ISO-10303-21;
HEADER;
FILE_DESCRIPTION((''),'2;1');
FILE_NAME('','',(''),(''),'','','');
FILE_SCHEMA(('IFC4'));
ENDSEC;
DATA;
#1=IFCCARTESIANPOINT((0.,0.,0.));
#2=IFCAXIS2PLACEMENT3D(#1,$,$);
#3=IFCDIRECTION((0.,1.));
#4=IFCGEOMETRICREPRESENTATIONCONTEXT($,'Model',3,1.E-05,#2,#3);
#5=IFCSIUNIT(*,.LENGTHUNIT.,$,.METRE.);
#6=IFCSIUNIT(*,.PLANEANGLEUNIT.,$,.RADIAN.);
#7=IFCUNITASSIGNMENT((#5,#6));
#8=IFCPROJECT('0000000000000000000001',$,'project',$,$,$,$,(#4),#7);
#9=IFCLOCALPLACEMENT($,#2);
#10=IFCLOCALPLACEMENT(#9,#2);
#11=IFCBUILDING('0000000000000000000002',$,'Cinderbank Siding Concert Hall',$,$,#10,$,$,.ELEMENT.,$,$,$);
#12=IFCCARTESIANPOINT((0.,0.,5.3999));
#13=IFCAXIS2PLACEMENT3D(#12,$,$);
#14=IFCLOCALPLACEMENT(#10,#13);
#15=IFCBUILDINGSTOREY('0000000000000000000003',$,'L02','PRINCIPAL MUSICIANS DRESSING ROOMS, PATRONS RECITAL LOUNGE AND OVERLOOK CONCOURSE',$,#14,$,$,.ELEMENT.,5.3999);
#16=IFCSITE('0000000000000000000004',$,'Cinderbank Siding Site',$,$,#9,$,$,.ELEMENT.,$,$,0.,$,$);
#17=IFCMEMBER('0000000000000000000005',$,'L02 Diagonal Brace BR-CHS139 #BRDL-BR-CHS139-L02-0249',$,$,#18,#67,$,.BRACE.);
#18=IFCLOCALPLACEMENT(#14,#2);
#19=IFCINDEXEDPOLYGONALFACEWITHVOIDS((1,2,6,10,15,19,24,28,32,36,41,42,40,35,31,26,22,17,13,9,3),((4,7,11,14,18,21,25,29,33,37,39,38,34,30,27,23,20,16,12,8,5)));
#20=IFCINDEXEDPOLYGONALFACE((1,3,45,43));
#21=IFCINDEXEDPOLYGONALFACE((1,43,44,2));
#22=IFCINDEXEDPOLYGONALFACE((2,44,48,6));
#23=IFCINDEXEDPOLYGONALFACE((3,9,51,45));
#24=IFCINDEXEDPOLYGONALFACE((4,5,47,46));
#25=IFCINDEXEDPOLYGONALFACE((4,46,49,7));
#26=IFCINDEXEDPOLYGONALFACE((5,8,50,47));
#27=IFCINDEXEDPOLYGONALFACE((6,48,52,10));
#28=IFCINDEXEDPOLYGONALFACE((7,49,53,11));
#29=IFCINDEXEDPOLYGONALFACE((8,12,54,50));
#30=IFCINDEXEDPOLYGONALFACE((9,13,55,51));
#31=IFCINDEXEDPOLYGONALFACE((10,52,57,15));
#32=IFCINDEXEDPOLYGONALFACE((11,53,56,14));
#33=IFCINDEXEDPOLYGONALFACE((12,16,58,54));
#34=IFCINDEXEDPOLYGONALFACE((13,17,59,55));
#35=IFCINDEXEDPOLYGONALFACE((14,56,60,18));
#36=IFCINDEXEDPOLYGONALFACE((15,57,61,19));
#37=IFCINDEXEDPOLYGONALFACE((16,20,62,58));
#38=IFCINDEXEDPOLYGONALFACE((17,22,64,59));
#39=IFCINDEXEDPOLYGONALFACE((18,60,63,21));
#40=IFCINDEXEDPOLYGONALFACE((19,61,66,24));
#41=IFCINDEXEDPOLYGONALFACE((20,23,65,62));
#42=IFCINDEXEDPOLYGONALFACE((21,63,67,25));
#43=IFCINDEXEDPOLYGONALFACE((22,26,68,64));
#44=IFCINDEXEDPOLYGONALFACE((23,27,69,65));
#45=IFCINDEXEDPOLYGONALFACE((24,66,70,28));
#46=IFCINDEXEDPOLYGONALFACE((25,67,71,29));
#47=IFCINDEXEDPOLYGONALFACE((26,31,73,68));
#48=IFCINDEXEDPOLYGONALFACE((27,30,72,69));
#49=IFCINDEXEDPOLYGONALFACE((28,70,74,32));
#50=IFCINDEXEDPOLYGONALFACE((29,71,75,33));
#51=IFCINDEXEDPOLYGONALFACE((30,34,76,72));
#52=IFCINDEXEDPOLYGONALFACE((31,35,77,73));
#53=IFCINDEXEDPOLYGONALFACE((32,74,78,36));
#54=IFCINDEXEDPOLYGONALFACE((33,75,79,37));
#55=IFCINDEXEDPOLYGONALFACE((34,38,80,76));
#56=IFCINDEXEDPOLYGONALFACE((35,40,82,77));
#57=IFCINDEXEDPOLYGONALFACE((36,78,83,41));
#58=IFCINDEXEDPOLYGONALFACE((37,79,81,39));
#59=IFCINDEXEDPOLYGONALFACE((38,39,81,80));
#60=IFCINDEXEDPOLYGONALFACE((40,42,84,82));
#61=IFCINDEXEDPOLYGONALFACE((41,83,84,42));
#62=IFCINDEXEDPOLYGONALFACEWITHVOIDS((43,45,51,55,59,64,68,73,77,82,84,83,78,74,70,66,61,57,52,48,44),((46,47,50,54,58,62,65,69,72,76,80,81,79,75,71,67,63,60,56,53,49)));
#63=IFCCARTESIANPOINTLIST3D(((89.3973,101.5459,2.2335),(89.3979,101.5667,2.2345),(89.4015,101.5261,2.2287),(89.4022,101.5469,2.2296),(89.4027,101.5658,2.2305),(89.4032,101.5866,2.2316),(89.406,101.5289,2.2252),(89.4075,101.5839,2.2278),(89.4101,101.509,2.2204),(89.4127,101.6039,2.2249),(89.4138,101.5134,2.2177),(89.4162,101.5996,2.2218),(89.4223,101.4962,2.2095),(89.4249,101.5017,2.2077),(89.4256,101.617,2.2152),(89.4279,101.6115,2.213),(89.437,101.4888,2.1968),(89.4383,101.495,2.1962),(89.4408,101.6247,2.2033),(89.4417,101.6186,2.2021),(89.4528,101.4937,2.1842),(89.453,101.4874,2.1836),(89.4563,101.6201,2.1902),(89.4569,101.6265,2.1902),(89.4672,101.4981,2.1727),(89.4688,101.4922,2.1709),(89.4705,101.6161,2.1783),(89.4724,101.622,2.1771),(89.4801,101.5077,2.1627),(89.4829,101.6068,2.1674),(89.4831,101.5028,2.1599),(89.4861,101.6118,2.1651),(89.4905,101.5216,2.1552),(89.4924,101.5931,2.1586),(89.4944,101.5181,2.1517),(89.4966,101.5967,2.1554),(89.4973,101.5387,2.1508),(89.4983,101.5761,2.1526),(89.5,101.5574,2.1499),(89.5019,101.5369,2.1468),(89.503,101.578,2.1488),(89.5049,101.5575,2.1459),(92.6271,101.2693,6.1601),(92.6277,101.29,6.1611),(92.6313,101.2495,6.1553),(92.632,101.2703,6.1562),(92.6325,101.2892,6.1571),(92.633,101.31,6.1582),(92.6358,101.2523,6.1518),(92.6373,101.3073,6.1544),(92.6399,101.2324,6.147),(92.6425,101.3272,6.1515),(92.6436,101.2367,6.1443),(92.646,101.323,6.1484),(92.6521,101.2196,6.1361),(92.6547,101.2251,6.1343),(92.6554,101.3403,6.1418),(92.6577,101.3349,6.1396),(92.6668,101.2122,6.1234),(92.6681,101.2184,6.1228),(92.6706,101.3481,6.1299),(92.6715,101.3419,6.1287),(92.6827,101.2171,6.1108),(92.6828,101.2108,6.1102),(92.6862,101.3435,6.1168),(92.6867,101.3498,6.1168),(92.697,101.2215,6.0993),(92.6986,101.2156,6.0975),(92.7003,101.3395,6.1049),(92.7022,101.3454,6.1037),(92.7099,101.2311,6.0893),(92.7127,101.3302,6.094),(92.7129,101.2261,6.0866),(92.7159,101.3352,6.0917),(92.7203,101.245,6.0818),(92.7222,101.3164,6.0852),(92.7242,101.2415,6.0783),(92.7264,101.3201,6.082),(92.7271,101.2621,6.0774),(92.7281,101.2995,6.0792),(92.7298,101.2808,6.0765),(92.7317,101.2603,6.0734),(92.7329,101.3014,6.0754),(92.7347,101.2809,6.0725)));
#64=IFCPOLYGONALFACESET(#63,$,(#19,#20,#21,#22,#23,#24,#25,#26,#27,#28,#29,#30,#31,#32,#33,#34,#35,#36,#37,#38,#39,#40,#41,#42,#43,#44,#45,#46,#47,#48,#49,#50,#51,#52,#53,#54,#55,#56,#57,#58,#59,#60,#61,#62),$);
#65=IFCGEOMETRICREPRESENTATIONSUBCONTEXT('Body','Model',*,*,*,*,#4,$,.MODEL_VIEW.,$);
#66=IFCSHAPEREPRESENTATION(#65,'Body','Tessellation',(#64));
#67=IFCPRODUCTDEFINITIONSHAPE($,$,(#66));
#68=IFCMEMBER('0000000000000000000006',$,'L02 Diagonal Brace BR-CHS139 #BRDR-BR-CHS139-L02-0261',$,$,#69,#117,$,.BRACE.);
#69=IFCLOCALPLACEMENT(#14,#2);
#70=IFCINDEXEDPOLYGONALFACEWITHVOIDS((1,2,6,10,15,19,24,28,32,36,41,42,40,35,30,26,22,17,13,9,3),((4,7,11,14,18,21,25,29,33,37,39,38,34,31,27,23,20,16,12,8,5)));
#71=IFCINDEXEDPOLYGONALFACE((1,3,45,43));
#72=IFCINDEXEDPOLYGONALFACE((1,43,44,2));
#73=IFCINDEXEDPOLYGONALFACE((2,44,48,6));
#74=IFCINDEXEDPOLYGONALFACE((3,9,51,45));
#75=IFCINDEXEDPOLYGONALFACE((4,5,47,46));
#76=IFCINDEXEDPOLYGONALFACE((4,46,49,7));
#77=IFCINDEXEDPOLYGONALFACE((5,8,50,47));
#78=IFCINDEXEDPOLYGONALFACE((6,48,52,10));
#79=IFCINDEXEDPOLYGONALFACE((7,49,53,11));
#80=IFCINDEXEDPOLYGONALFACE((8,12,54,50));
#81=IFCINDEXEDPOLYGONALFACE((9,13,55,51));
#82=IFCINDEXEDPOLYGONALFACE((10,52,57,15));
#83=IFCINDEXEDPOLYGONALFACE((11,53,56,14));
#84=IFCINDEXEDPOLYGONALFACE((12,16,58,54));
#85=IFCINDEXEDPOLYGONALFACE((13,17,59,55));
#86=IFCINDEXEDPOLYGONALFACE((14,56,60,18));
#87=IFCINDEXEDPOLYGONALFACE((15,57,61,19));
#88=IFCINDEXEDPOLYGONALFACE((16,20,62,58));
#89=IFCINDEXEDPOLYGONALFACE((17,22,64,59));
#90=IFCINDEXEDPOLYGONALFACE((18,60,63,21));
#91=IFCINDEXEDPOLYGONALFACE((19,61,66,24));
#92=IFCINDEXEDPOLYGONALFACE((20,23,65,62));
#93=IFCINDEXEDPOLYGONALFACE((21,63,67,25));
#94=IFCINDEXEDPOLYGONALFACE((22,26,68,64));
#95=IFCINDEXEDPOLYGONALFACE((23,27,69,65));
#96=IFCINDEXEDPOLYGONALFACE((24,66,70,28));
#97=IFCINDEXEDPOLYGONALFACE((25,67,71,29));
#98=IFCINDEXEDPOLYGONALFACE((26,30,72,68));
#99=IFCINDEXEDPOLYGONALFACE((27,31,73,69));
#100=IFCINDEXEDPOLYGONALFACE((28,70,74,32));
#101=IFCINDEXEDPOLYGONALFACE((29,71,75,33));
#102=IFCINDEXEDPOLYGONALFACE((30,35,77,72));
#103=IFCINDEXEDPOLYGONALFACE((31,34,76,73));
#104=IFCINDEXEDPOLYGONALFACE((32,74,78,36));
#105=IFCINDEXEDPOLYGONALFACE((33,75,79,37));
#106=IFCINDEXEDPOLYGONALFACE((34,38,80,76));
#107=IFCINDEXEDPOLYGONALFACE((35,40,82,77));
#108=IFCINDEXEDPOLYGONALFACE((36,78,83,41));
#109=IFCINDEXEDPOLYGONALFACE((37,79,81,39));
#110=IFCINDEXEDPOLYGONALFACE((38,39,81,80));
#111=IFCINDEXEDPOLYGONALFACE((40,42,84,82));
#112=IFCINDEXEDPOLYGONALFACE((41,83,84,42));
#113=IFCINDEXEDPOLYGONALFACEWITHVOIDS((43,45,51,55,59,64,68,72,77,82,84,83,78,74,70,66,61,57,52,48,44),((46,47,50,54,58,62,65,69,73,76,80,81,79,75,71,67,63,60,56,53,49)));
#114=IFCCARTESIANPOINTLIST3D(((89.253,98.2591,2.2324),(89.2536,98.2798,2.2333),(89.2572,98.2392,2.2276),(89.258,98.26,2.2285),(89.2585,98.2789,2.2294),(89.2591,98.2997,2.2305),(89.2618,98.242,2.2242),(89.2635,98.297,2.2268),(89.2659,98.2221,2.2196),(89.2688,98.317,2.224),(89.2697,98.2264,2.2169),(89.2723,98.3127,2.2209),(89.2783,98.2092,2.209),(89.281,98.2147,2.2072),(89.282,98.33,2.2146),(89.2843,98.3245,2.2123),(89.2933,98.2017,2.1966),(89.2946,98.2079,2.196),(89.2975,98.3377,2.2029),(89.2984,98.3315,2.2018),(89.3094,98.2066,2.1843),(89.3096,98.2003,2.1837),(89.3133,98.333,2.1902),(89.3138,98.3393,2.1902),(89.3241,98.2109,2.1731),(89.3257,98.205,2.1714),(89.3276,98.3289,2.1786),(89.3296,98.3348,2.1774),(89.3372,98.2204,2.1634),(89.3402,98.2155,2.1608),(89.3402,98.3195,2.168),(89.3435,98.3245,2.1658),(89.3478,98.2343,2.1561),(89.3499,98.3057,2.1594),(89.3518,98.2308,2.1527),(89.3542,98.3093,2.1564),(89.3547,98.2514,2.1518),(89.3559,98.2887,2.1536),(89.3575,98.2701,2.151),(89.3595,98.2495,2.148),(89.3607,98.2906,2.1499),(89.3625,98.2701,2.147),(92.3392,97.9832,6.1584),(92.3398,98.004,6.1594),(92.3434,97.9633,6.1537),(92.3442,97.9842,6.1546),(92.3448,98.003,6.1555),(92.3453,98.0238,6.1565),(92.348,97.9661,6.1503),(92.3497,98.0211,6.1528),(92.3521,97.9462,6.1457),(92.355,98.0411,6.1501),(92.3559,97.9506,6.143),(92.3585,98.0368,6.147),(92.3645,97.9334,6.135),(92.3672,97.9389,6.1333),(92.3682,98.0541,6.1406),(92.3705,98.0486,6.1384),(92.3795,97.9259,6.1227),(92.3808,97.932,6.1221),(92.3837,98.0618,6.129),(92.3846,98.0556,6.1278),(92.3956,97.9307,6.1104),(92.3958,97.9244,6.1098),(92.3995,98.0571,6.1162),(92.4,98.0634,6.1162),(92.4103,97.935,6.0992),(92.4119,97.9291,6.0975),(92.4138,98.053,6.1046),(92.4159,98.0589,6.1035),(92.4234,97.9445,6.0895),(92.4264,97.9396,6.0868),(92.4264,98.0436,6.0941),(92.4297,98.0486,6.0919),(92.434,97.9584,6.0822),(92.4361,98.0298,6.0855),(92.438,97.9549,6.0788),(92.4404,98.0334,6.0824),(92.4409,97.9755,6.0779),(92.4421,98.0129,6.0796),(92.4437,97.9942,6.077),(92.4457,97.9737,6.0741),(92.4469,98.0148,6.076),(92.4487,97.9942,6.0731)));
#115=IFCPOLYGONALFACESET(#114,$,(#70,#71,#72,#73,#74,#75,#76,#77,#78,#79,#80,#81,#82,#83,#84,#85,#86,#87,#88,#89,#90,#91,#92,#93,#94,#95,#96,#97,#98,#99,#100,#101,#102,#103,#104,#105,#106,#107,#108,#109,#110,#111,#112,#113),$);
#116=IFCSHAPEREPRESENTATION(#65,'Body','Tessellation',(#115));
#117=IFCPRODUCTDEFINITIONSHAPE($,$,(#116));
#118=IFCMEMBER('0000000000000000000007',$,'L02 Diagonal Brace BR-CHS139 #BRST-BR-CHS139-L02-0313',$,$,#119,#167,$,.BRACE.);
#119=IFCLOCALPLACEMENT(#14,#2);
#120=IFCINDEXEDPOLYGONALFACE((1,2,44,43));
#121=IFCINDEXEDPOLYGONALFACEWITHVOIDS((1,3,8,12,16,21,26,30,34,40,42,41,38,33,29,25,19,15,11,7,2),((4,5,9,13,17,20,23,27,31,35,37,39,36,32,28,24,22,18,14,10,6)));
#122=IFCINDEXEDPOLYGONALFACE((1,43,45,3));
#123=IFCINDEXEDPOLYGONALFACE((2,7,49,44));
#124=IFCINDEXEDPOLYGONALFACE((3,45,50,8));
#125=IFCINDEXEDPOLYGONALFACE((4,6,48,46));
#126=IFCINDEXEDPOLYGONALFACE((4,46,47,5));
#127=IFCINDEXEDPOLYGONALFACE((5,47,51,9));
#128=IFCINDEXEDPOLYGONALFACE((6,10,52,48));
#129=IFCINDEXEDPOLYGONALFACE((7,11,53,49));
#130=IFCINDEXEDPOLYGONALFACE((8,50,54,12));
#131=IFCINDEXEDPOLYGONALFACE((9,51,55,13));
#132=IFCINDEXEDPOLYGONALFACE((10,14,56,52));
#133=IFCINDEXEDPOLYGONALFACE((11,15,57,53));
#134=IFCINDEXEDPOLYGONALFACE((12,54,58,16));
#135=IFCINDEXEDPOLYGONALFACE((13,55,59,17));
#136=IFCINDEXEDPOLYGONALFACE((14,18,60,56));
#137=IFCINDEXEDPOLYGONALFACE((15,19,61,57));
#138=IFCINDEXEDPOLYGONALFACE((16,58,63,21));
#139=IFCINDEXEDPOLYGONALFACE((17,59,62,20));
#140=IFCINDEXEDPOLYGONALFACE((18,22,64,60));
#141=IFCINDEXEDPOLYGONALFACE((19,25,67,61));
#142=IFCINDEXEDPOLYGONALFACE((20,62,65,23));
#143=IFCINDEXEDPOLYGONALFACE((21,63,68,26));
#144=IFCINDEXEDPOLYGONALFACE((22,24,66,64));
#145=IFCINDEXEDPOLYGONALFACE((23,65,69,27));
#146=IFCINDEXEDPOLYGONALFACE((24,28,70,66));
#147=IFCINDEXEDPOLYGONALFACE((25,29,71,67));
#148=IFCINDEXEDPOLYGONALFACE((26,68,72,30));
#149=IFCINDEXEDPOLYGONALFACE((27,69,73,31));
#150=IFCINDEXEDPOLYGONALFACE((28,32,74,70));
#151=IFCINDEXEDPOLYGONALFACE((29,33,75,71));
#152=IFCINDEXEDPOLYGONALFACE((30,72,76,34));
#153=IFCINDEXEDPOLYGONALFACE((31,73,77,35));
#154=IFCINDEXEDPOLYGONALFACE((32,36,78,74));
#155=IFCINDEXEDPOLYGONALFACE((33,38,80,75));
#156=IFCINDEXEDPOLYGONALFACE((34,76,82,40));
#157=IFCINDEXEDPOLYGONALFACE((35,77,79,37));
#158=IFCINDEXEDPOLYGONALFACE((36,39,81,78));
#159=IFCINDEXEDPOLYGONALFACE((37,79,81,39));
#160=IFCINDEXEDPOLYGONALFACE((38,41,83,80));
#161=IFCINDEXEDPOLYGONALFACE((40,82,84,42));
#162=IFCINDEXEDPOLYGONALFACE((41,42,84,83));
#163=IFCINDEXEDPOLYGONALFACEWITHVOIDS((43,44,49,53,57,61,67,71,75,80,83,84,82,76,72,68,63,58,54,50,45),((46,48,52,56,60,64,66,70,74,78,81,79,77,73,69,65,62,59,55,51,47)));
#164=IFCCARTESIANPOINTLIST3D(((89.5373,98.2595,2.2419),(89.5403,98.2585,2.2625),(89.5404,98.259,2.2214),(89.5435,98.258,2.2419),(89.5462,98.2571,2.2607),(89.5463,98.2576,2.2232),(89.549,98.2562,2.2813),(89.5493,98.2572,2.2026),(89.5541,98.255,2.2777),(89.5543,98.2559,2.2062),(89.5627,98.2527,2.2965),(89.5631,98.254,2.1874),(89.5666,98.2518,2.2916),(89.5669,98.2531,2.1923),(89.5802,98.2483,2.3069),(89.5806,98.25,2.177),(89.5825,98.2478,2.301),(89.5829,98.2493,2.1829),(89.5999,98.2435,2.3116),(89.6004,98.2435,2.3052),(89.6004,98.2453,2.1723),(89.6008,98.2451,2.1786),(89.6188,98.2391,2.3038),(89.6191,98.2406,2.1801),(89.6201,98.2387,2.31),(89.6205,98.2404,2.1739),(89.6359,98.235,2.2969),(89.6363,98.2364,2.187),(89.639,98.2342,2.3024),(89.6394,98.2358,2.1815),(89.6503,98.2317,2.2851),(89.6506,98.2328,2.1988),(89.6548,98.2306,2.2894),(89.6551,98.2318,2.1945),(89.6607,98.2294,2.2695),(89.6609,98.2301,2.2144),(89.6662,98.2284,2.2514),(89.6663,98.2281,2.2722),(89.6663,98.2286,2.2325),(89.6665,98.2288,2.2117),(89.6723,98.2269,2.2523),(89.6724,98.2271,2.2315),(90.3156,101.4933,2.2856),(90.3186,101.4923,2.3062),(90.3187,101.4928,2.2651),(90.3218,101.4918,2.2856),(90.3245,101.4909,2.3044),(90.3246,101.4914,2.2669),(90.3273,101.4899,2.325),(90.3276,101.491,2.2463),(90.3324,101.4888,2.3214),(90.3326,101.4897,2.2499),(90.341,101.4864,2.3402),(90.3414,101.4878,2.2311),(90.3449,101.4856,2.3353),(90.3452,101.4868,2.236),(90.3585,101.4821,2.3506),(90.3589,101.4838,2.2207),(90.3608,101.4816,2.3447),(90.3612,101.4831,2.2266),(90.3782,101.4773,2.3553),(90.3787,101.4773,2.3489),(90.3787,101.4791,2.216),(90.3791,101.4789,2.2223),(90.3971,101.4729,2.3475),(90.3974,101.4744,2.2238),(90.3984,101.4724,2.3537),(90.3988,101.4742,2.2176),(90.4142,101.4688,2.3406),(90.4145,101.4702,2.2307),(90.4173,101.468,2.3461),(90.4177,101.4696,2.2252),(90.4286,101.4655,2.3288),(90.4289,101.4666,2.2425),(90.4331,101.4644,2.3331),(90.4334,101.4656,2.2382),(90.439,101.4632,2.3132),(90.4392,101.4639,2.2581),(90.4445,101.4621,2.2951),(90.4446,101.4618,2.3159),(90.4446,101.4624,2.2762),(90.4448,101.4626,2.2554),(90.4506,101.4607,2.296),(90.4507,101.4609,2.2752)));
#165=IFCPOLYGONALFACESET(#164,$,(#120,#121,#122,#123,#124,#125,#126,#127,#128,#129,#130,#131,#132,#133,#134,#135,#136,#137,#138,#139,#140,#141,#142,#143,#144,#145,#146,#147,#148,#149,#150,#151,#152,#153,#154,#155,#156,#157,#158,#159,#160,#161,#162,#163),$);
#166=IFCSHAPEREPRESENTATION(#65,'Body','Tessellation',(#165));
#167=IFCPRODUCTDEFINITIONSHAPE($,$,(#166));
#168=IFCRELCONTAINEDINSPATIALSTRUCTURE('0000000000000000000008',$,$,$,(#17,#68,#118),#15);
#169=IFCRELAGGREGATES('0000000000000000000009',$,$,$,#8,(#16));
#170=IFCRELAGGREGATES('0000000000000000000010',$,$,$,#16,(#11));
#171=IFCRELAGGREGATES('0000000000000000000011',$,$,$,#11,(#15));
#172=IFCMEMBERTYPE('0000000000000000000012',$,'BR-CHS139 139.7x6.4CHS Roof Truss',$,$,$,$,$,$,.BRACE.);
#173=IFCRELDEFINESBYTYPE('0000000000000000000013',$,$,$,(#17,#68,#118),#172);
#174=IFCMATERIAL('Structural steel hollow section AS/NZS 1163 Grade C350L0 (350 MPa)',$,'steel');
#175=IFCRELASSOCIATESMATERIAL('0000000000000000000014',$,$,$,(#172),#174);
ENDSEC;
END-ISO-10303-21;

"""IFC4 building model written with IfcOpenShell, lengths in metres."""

from ifc_helpers import new_model, si_unit, direction, frame, origin, origin_2d, place, context, subcontext, project, spatial, hollow_circle, extrude, material, material_profile, profile_set, type_object, element, save


model = new_model("IFC4")

# Units and contexts
model_context = context("Model", 3, precision=1e-05, world=origin(), true_north=direction((0.0, 1.0)))
body_context = subcontext(model_context, "Body", "Model", "MODEL_VIEW")
ifc_project = project(units=[si_unit("LENGTHUNIT", "METRE"), si_unit("PLANEANGLEUNIT", "RADIAN")], contexts=[model_context])

# Site, building, storey
site_placement = place(None, origin())
site = spatial("IfcSite", under=ifc_project, at=site_placement, Name="Cinderbank Siding Site", CompositionType="ELEMENT", RefElevation=0.0)
building_placement = place(site_placement, origin())
building = spatial("IfcBuilding", under=site, at=building_placement, Name="Cinderbank Siding Concert Hall", CompositionType="ELEMENT")
storey_placement = place(building_placement, frame((0.0, 0.0, 5.3999)))
storey = spatial("IfcBuildingStorey", under=building, at=storey_placement, Name="L02", Description="PRINCIPAL MUSICIANS DRESSING ROOMS, PATRONS RECITAL LOUNGE AND OVERLOOK CONCOURSE", CompositionType="ELEMENT", Elevation=5.3999)

# Members
ifc_material_1 = material(Name="Structural steel hollow section AS/NZS 1163 Grade C350L0 (350 MPa)", Category="steel")
ifc_material_profile_1 = material_profile(ifc_material_1, hollow_circle(Radius=0.0698, WallThickness=0.0063, at=origin_2d()), Name="139.7x6.4CHS", Category="LoadBearing")
ifc_profile_set_1 = profile_set([ifc_material_profile_1], Name="Structural steel hollow section AS/NZS 1163 Grade C350L0 (350 MPa)")
member_type_1 = type_object("IfcMemberType", Name="BR-CHS139 139.7x6.4CHS Roof Truss", PredefinedType="BRACE", material=ifc_profile_set_1)
member_1_placement = place(storey_placement, frame((89.4509, 101.5569, 2.1902), z_axis=(0.634316, -0.054326, 0.771162), x_axis=(0.085333, 0.996353, 0.0)))
element("IfcMember", 1, at=member_1_placement, inside=storey, type_object=member_type_1, Name="L02 Diagonal Brace BR-CHS139 #BRDL-BR-CHS139-L02-0249", PredefinedType="BRACE", context=body_context, shape_type="SweptSolid", body=[
    extrude(hollow_circle(Radius=0.0698, WallThickness=0.0063, at=origin_2d()), origin(), (0.0, 0.0, 1.0), 5.0918),
])
member_2_placement = place(storey_placement, frame((89.3076, 98.2698, 2.1902), z_axis=(0.61706, -0.05516, 0.784981), x_axis=(0.089037, 0.996028, 0.0)))
element("IfcMember", 2, at=member_2_placement, inside=storey, type_object=member_type_1, Name="L02 Diagonal Brace BR-CHS139 #BRDR-BR-CHS139-L02-0261", PredefinedType="BRACE", context=body_context, shape_type="SweptSolid", body=[
    extrude(hollow_circle(Radius=0.0698, WallThickness=0.0063, at=origin_2d()), origin(), (0.0, 0.0, 1.0), 5.0015),
])
member_3_placement = place(storey_placement, frame((89.6052, 98.2432, 2.2419), z_axis=(0.233975, 0.972154, 0.013137), x_axis=(-0.972238, 0.233995, 0.0)))
element("IfcMember", 3, at=member_3_placement, inside=storey, type_object=member_type_1, Name="L02 Diagonal Brace BR-CHS139 #BRST-BR-CHS139-L02-0313", PredefinedType="BRACE", context=body_context, shape_type="SweptSolid", body=[
    extrude(hollow_circle(Radius=0.0698, WallThickness=0.0063, at=origin_2d()), origin(), (0.0, 0.0, 1.0), 3.3264),
])

save(model, "model.ifc")
